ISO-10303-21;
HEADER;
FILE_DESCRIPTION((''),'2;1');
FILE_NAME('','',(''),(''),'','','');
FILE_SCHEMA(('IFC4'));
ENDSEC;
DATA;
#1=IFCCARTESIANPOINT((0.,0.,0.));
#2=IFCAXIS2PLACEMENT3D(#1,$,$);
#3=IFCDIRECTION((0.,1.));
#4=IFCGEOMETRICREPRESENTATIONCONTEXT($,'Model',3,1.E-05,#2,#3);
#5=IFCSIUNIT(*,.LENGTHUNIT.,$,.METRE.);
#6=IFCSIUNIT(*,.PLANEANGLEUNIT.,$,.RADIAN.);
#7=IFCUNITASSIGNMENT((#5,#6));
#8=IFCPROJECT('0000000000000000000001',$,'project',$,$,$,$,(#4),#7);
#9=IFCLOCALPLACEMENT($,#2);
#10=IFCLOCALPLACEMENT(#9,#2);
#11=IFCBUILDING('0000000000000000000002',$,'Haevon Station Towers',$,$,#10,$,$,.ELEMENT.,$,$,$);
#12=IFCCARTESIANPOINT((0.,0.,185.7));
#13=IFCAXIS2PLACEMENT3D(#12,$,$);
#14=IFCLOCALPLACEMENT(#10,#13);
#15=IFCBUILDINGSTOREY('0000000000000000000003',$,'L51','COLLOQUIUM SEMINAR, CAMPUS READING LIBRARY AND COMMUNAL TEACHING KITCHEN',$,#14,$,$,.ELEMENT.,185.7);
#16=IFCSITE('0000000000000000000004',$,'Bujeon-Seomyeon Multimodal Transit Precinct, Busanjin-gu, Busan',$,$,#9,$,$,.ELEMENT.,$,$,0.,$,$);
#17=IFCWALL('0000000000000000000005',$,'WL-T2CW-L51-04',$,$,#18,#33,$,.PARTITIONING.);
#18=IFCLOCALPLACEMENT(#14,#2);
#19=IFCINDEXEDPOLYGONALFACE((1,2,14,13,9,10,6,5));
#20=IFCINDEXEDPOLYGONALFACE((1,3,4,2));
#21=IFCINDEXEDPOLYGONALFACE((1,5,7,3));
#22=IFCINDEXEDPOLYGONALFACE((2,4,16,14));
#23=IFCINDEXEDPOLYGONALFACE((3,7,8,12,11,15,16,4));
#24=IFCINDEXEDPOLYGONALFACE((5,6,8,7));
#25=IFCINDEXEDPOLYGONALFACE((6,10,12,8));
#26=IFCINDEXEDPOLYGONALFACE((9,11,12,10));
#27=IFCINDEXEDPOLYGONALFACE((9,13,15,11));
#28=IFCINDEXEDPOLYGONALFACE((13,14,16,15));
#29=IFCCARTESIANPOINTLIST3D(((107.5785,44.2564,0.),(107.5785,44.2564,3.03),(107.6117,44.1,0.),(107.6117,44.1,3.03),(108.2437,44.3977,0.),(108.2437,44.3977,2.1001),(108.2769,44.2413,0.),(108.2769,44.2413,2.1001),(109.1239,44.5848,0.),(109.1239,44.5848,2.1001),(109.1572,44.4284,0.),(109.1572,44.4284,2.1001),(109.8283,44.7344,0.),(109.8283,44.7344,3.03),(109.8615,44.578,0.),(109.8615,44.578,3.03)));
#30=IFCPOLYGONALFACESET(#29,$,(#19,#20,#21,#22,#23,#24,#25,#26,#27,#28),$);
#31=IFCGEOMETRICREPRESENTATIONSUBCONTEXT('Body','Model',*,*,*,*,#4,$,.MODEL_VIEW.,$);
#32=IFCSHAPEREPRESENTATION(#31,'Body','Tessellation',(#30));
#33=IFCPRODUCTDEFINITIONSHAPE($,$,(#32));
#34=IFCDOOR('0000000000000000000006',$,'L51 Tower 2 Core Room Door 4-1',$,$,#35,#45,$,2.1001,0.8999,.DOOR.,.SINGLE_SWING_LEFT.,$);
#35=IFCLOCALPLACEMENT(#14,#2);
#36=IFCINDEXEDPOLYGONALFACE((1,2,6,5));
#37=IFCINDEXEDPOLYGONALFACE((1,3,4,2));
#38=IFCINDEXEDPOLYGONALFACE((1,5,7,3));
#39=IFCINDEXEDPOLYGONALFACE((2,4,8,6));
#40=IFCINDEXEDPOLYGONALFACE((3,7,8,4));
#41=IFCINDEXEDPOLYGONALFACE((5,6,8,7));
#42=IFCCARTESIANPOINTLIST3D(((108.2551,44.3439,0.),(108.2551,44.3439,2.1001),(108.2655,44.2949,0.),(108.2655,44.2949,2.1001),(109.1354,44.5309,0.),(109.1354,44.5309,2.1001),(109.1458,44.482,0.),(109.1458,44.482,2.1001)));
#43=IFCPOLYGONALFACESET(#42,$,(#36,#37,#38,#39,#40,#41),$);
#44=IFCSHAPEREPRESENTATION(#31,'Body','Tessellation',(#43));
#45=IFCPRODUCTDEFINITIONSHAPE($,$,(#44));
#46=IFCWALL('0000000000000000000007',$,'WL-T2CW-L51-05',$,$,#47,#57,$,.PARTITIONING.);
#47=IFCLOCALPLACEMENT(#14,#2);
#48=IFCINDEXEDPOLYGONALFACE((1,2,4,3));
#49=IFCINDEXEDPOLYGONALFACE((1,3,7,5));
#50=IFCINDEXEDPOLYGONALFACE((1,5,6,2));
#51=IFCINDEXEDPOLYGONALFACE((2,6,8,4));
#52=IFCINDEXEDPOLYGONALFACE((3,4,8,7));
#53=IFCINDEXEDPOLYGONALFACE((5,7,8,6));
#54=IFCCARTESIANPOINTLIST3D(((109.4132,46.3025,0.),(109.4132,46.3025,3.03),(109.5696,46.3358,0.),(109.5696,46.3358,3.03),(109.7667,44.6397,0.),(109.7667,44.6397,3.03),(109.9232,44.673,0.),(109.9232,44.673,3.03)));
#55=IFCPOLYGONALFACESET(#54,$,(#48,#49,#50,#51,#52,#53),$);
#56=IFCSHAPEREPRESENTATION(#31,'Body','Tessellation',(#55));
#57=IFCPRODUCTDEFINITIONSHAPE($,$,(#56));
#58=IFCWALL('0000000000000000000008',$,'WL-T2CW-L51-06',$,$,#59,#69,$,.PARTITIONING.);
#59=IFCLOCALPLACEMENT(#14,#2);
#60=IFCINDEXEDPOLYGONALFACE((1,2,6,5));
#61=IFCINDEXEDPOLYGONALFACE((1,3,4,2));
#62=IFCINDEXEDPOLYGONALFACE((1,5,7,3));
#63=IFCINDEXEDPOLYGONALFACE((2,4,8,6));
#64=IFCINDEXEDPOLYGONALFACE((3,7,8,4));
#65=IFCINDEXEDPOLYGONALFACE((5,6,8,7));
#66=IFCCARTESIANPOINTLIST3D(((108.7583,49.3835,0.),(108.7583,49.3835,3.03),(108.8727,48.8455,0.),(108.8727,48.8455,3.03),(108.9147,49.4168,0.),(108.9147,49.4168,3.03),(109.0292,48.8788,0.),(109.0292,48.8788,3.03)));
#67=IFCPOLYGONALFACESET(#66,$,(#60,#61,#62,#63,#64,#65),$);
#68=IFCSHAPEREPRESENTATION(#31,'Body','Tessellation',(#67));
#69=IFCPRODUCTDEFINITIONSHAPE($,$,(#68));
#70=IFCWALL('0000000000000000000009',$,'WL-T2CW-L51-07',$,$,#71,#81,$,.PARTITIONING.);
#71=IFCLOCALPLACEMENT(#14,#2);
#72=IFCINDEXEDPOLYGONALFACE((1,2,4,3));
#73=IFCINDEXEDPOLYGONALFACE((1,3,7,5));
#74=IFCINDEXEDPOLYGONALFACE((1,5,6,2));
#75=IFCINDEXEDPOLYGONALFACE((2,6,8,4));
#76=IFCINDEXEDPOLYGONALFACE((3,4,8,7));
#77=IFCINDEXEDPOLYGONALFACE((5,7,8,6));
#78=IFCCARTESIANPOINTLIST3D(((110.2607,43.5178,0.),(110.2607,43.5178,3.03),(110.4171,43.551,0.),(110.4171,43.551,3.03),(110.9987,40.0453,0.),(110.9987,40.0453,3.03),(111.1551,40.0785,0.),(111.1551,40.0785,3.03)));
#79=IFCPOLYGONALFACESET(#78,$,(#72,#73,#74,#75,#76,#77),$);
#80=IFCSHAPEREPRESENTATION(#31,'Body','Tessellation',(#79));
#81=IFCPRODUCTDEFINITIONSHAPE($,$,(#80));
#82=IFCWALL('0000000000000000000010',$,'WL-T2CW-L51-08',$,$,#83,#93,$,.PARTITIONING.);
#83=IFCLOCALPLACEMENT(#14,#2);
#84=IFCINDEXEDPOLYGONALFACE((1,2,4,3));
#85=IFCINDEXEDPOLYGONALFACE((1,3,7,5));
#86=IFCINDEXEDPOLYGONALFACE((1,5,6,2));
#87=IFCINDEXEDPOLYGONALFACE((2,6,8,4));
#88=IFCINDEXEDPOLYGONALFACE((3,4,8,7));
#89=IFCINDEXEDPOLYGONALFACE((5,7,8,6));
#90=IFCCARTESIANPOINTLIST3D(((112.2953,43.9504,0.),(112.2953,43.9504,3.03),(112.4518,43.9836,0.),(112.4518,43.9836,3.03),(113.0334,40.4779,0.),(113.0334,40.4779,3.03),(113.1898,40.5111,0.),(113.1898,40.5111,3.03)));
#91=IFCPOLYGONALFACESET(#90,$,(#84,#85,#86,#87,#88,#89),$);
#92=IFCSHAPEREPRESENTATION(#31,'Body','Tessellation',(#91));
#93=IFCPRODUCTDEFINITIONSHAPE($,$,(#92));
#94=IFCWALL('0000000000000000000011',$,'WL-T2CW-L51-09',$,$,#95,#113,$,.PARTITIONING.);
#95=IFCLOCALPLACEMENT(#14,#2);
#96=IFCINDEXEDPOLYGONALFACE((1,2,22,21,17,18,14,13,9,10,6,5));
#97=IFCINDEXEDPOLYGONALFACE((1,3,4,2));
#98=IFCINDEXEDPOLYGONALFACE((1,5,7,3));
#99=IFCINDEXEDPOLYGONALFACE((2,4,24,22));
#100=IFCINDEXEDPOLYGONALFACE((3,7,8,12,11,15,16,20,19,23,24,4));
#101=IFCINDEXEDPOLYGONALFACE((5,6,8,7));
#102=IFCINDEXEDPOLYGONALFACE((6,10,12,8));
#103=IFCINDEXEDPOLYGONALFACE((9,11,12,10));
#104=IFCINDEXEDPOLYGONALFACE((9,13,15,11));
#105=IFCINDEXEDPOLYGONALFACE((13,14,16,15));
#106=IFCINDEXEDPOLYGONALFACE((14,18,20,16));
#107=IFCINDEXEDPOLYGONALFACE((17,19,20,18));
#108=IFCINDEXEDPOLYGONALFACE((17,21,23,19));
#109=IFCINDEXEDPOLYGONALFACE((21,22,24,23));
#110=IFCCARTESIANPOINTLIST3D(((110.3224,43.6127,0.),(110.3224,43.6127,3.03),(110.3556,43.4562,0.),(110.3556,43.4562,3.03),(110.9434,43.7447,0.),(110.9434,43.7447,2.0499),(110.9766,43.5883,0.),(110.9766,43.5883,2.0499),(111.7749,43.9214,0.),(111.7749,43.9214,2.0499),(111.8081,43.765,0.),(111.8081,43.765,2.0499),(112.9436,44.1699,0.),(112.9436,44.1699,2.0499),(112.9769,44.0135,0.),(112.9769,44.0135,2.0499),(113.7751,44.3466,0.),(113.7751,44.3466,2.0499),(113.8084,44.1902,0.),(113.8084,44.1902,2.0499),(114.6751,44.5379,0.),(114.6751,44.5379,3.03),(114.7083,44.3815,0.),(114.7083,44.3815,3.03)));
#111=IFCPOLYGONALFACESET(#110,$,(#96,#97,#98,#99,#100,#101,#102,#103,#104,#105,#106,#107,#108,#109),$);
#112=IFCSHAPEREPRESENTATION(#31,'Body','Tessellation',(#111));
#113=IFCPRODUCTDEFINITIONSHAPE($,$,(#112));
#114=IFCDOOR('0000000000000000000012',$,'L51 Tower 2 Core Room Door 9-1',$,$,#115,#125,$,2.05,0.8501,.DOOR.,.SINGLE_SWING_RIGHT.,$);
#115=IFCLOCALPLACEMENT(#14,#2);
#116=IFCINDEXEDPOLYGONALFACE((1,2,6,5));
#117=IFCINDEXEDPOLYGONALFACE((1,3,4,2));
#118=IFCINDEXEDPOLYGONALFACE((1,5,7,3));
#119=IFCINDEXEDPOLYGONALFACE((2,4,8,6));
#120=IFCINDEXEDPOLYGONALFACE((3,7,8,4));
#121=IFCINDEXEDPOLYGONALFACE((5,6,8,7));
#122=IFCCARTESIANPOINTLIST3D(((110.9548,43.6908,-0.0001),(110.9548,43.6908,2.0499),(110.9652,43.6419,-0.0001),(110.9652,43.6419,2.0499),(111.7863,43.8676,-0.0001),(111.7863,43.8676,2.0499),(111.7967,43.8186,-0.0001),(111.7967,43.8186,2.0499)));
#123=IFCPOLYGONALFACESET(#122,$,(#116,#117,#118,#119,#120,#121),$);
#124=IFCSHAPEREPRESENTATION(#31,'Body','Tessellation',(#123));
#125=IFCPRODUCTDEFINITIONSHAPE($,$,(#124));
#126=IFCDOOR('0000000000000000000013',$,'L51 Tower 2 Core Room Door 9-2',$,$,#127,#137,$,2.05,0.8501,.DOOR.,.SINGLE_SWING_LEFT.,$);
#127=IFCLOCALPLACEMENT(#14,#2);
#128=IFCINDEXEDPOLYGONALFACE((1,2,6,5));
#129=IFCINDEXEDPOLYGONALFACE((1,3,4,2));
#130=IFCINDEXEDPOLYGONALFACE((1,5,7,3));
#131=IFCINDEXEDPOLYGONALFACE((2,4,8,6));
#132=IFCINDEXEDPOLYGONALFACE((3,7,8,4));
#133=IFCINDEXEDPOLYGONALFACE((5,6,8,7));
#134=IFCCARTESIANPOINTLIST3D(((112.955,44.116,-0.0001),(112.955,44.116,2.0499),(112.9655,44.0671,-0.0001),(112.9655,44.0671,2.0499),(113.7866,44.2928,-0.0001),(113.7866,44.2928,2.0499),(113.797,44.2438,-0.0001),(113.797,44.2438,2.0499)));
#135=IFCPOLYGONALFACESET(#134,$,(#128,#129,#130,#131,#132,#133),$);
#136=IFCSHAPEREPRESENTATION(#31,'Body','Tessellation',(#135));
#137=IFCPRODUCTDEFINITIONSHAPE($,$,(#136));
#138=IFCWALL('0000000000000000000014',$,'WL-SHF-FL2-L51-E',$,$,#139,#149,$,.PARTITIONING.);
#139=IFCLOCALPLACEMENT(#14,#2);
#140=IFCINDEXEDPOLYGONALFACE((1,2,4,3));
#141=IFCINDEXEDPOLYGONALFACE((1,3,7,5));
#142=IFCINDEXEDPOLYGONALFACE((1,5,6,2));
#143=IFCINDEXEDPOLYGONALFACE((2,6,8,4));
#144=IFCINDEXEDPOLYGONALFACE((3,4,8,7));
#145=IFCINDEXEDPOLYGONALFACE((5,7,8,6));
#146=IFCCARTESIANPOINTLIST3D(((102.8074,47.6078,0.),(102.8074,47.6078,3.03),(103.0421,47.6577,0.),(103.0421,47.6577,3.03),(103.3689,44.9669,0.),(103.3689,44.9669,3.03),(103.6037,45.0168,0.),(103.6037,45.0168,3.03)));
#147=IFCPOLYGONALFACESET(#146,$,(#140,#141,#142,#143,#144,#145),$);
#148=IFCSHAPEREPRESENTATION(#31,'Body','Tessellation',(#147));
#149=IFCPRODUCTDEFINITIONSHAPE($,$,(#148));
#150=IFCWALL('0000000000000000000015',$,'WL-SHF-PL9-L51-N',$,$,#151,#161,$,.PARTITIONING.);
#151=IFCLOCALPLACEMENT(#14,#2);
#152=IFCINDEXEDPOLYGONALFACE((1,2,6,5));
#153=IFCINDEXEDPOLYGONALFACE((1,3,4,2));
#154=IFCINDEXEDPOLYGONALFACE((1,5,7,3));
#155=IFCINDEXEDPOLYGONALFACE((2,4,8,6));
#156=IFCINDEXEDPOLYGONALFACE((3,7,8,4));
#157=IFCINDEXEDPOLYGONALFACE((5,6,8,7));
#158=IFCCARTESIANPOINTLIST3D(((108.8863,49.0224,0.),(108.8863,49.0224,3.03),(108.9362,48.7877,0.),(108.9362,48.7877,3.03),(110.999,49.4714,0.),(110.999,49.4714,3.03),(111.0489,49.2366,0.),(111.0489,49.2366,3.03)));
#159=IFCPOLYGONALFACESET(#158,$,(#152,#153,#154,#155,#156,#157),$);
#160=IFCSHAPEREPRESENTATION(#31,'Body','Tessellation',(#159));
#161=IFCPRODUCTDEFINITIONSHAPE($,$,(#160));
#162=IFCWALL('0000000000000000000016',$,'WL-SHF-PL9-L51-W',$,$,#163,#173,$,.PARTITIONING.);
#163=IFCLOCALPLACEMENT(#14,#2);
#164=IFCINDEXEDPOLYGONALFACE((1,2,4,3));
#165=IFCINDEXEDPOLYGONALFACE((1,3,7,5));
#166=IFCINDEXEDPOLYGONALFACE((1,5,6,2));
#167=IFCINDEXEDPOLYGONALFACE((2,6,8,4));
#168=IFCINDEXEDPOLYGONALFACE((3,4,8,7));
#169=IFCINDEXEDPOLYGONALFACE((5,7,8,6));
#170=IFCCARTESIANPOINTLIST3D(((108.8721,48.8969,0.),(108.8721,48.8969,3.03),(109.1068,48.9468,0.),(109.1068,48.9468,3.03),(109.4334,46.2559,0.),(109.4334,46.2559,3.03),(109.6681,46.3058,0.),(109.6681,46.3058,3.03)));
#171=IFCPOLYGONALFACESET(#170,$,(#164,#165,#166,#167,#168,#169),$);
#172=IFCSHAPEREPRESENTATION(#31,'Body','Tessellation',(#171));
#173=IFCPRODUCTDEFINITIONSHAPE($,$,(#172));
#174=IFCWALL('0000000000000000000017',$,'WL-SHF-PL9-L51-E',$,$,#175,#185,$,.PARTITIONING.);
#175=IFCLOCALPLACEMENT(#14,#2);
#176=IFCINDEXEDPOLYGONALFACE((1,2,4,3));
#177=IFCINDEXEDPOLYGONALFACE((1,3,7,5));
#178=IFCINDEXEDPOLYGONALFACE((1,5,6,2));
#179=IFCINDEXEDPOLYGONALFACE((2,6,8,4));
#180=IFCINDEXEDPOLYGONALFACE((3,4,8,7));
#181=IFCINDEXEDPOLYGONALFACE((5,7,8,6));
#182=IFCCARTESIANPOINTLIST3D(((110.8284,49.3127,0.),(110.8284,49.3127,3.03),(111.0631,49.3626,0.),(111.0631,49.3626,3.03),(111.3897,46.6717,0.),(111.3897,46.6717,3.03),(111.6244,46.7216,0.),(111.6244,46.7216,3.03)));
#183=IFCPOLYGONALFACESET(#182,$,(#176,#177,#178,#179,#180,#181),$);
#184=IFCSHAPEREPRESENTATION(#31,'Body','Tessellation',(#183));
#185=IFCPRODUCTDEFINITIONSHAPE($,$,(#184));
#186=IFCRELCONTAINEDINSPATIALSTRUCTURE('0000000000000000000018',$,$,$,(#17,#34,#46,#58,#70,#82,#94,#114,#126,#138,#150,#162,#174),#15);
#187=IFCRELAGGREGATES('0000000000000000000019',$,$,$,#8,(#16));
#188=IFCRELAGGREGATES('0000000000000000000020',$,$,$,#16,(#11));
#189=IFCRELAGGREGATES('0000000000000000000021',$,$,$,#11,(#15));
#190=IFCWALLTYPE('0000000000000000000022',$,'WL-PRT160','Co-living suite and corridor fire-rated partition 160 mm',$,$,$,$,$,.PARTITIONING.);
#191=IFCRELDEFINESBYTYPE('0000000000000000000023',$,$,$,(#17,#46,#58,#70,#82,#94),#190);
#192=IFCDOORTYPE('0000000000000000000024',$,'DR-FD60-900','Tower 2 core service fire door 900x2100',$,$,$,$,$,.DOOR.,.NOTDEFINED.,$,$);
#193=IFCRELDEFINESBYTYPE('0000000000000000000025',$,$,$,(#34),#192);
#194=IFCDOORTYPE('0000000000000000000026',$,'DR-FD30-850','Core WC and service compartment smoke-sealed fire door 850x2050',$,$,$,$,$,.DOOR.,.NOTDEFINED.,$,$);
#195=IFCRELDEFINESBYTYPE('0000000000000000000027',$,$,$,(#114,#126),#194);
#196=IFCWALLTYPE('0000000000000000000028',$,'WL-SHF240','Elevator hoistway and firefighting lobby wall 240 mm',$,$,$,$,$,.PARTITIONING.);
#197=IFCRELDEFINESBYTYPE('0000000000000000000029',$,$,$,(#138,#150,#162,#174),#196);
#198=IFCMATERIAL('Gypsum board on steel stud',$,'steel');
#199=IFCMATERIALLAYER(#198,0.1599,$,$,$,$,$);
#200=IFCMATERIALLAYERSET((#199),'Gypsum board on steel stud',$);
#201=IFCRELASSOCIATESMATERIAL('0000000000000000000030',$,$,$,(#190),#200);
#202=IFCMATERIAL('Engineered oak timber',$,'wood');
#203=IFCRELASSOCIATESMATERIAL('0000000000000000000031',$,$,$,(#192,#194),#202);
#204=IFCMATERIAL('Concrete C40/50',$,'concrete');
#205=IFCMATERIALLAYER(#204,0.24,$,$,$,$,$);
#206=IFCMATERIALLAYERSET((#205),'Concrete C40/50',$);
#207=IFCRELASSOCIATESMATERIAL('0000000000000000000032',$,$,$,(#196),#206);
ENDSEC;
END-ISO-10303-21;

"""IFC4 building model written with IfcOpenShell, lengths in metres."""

from ifc_helpers import new_model, si_unit, direction, frame, frame_2d, origin, place, context, subcontext, project, spatial, rectangle, extrude, material, layer, layer_set, type_object, element, fill, save


model = new_model("IFC4")

# Units and contexts
model_context = context("Model", 3, precision=1e-05, world=origin(), true_north=direction((0.0, 1.0)))
body_context = subcontext(model_context, "Body", "Model", "MODEL_VIEW")
ifc_project = project(units=[si_unit("LENGTHUNIT", "METRE"), si_unit("PLANEANGLEUNIT", "RADIAN")], contexts=[model_context])

# Site, building, storey
site_placement = place(None, origin())
site = spatial("IfcSite", under=ifc_project, at=site_placement, Name="Bujeon-Seomyeon Multimodal Transit Precinct, Busanjin-gu, Busan", CompositionType="ELEMENT", RefElevation=0.0)
building_placement = place(site_placement, origin())
building = spatial("IfcBuilding", under=site, at=building_placement, Name="Haevon Station Towers", CompositionType="ELEMENT")
storey_placement = place(building_placement, frame((0.0, 0.0, 185.7)))
storey = spatial("IfcBuildingStorey", under=building, at=storey_placement, Name="L51", Description="COLLOQUIUM SEMINAR, CAMPUS READING LIBRARY AND COMMUNAL TEACHING KITCHEN", CompositionType="ELEMENT", Elevation=185.7)

# Shared definitions
ifc_material_1 = material(Name="Gypsum board on steel stud", Category="steel")
ifc_material_2 = material(Name="Engineered oak timber", Category="wood")

# Shared definitions
ifc_layer_1 = layer(ifc_material_1, 0.1599)
ifc_layer_set_1 = layer_set([ifc_layer_1], Name="Gypsum board on steel stud")
wall_type_1 = type_object("IfcWallType", Name="WL-PRT160", Description="Co-living suite and corridor fire-rated partition 160 mm", PredefinedType="PARTITIONING", material=ifc_layer_set_1)

# Shared definitions
door_type_1 = type_object("IfcDoorType", Name="DR-FD60-900", Description="Tower 2 core service fire door 900x2100", OperationType="NOTDEFINED", PredefinedType="DOOR", material=ifc_material_2)

# Wall, opening, door
wall_1_placement = place(storey_placement, frame((107.5952, 44.1782, 0.0), z_axis=(0.0, 0.0, 1.0), x_axis=(0.978163, 0.20784, 0.0)))
wall_1 = element("IfcWall", 1, at=wall_1_placement, inside=storey, type_object=wall_type_1, Name="WL-T2CW-L51-04", PredefinedType="PARTITIONING", context=body_context, shape_type="SweptSolid", body=[
    extrude(rectangle(XDim=2.3, YDim=0.1599, at=frame_2d((1.1499, 0.0))), origin(), (0.0, 0.0, 1.0), 3.03),
])
opening_1_placement = place(wall_1_placement, frame((0.6799, 0.0, 0.0)))
opening_1 = element("IfcOpeningElement", 2, at=opening_1_placement, cuts=wall_1, PredefinedType="OPENING", context=body_context, shape_type="SweptSolid", body=[
    extrude(rectangle(XDim=0.8999, YDim=2.1001, at=frame_2d((0.45, 1.05))), frame((0.0, 0.0898, 0.0), z_axis=(0.0, -1.0, 0.0), x_axis=(1.0, 0.0, 0.0)), (0.0, 0.0, 1.0), 0.1799),
])
door_1_placement = place(opening_1_placement, origin())
door_1 = element("IfcDoor", 3, at=door_1_placement, inside=storey, type_object=door_type_1, Name="L51 Tower 2 Core Room Door 4-1", OperationType="SINGLE_SWING_LEFT", OverallHeight=2.1001, OverallWidth=0.8999, PredefinedType="DOOR", context=body_context, shape_type="SweptSolid", body=[
    extrude(rectangle(XDim=0.8999, YDim=2.1001, at=frame_2d((0.45, 1.05))), frame((0.0, 0.0249, 0.0), z_axis=(0.0, -1.0, 0.0), x_axis=(1.0, 0.0, 0.0)), (0.0, 0.0, 1.0), 0.05),
])
fill(opening_1, door_1)

# Walls
wall_2_placement = place(storey_placement, frame((109.845, 44.6562, 0.0), z_axis=(0.0, 0.0, 1.0), x_axis=(-0.20795, 0.97814, 0.0)))
element("IfcWall", 4, at=wall_2_placement, inside=storey, type_object=wall_type_1, Name="WL-T2CW-L51-05", PredefinedType="PARTITIONING", context=body_context, shape_type="SweptSolid", body=[
    extrude(rectangle(XDim=1.7, YDim=0.1599, at=frame_2d((0.8501, 0.0))), origin(), (0.0, 0.0, 1.0), 3.03),
])
wall_3_placement = place(storey_placement, frame((108.9509, 48.8623, 0.0), z_axis=(0.0, 0.0, 1.0), x_axis=(-0.208135, 0.9781, 0.0)))
element("IfcWall", 5, at=wall_3_placement, inside=storey, type_object=wall_type_1, Name="WL-T2CW-L51-06", PredefinedType="PARTITIONING", context=body_context, shape_type="SweptSolid", body=[
    extrude(rectangle(XDim=0.55, YDim=0.1599, at=frame_2d((0.2749, 0.0))), origin(), (0.0, 0.0, 1.0), 3.03),
])
for number, where, z_axis, x_axis, name in (
    (6, (111.0769, 40.062, 0.0), (0.0, 0.0, 1.0), (-0.207899, 0.97815, 0.0), "WL-T2CW-L51-07"),
    (7, (113.1116, 40.4946, 0.0), (0.0, 0.0, 1.0), (-0.207899, 0.97815, 0.0), "WL-T2CW-L51-08"),
):
    element("IfcWall", number, at=place(storey_placement, frame(where, z_axis=z_axis, x_axis=x_axis)), inside=storey, type_object=wall_type_1, Name=name, PredefinedType="PARTITIONING", context=body_context, shape_type="SweptSolid", body=[
        extrude(rectangle(XDim=3.55, YDim=0.1599, at=frame_2d((1.7749, 0.0))), origin(), (0.0, 0.0, 1.0), 3.03),
    ])

# Wall, openings, doors
wall_4_placement = place(storey_placement, frame((110.3389, 43.5344, 0.0), z_axis=(0.0, 0.0, 1.0), x_axis=(0.978144, 0.207929, 0.0)))
wall_4 = element("IfcWall", 8, at=wall_4_placement, inside=storey, type_object=wall_type_1, Name="WL-T2CW-L51-09", PredefinedType="PARTITIONING", context=body_context, shape_type="SweptSolid", body=[
    extrude(rectangle(XDim=4.45, YDim=0.1599, at=frame_2d((2.2251, 0.0))), origin(), (0.0, 0.0, 1.0), 3.03),
])
opening_2_placement = place(wall_4_placement, frame((0.635, 0.0, 0.0)))
opening_2 = element("IfcOpeningElement", 9, at=opening_2_placement, cuts=wall_4, PredefinedType="OPENING", context=body_context, shape_type="SweptSolid", body=[
    extrude(rectangle(XDim=0.8501, YDim=2.05, at=frame_2d((0.425, 1.0249))), frame((0.0, 0.0898, 0.0), z_axis=(0.0, -1.0, 0.0), x_axis=(1.0, 0.0, 0.0)), (0.0, 0.0, 1.0), 0.1799),
])
opening_3_placement = place(wall_4_placement, frame((2.6799, 0.0, 0.0)))
opening_3 = element("IfcOpeningElement", 10, at=opening_3_placement, cuts=wall_4, PredefinedType="OPENING", context=body_context, shape_type="SweptSolid", body=[
    extrude(rectangle(XDim=0.8501, YDim=2.05, at=frame_2d((0.425, 1.0249))), frame((0.0, 0.0898, 0.0), z_axis=(0.0, -1.0, 0.0), x_axis=(1.0, 0.0, 0.0)), (0.0, 0.0, 1.0), 0.1799),
])
door_type_2 = type_object("IfcDoorType", Name="DR-FD30-850", Description="Core WC and service compartment smoke-sealed fire door 850x2050", OperationType="NOTDEFINED", PredefinedType="DOOR", material=ifc_material_2)
door_2_placement = place(opening_2_placement, origin())
door_2 = element("IfcDoor", 11, at=door_2_placement, inside=storey, type_object=door_type_2, Name="L51 Tower 2 Core Room Door 9-1", OperationType="SINGLE_SWING_RIGHT", OverallHeight=2.05, OverallWidth=0.8501, PredefinedType="DOOR", context=body_context, shape_type="SweptSolid", body=[
    extrude(rectangle(XDim=0.8501, YDim=2.05, at=frame_2d((0.425, 1.0249))), frame((0.0, 0.0249, 0.0), z_axis=(0.0, -1.0, 0.0), x_axis=(1.0, 0.0, 0.0)), (0.0, 0.0, 1.0), 0.05),
])
fill(opening_2, door_2)
door_3_placement = place(opening_3_placement, origin())
door_3 = element("IfcDoor", 12, at=door_3_placement, inside=storey, type_object=door_type_2, Name="L51 Tower 2 Core Room Door 9-2", OperationType="SINGLE_SWING_LEFT", OverallHeight=2.05, OverallWidth=0.8501, PredefinedType="DOOR", context=body_context, shape_type="SweptSolid", body=[
    extrude(rectangle(XDim=0.8501, YDim=2.05, at=frame_2d((0.425, 1.0249))), frame((0.0, 0.0249, 0.0), z_axis=(0.0, -1.0, 0.0), x_axis=(1.0, 0.0, 0.0)), (0.0, 0.0, 1.0), 0.05),
])
fill(opening_3, door_3)

# Wall
ifc_material_3 = material(Name="Concrete C40/50", Category="concrete")
ifc_layer_2 = layer(ifc_material_3, 0.24)
ifc_layer_set_2 = layer_set([ifc_layer_2], Name="Concrete C40/50")
wall_type_2 = type_object("IfcWallType", Name="WL-SHF240", Description="Elevator hoistway and firefighting lobby wall 240 mm", PredefinedType="PARTITIONING", material=ifc_layer_set_2)
wall_5_placement = place(storey_placement, frame((103.4863, 44.9917, 0.0), z_axis=(0.0, 0.0, 1.0), x_axis=(-0.207979, 0.978133, 0.0)))
element("IfcWall", 13, at=wall_5_placement, inside=storey, type_object=wall_type_2, Name="WL-SHF-FL2-L51-E", PredefinedType="PARTITIONING", context=body_context, shape_type="SweptSolid", body=[
    extrude(rectangle(XDim=2.7, YDim=0.24, at=frame_2d((1.3501, 0.0))), origin(), (0.0, 0.0, 1.0), 3.03),
])

# Walls
wall_6_placement = place(storey_placement, frame((108.9111, 48.905, 0.0), z_axis=(0.0, 0.0, 1.0), x_axis=(0.978158, 0.207861, 0.0)))
element("IfcWall", 14, at=wall_6_placement, inside=storey, type_object=wall_type_2, Name="WL-SHF-PL9-L51-N", PredefinedType="PARTITIONING", context=body_context, shape_type="SweptSolid", body=[
    extrude(rectangle(XDim=2.1599, YDim=0.24, at=frame_2d((1.0801, 0.0))), origin(), (0.0, 0.0, 1.0), 3.03),
])
for number, where, z_axis, x_axis, name in (
    (15, (109.5508, 46.2808, 0.0), (0.0, 0.0, 1.0), (-0.207892, 0.978152, 0.0), "WL-SHF-PL9-L51-W"),
    (16, (111.5071, 46.6965, 0.0), (0.0, 0.0, 1.0), (-0.207892, 0.978152, 0.0), "WL-SHF-PL9-L51-E"),
):
    element("IfcWall", number, at=place(storey_placement, frame(where, z_axis=z_axis, x_axis=x_axis)), inside=storey, type_object=wall_type_2, Name=name, PredefinedType="PARTITIONING", context=body_context, shape_type="SweptSolid", body=[
        extrude(rectangle(XDim=2.7, YDim=0.24, at=frame_2d((1.3501, 0.0))), origin(), (0.0, 0.0, 1.0), 3.03),
    ])

save(model, "model.ifc")
